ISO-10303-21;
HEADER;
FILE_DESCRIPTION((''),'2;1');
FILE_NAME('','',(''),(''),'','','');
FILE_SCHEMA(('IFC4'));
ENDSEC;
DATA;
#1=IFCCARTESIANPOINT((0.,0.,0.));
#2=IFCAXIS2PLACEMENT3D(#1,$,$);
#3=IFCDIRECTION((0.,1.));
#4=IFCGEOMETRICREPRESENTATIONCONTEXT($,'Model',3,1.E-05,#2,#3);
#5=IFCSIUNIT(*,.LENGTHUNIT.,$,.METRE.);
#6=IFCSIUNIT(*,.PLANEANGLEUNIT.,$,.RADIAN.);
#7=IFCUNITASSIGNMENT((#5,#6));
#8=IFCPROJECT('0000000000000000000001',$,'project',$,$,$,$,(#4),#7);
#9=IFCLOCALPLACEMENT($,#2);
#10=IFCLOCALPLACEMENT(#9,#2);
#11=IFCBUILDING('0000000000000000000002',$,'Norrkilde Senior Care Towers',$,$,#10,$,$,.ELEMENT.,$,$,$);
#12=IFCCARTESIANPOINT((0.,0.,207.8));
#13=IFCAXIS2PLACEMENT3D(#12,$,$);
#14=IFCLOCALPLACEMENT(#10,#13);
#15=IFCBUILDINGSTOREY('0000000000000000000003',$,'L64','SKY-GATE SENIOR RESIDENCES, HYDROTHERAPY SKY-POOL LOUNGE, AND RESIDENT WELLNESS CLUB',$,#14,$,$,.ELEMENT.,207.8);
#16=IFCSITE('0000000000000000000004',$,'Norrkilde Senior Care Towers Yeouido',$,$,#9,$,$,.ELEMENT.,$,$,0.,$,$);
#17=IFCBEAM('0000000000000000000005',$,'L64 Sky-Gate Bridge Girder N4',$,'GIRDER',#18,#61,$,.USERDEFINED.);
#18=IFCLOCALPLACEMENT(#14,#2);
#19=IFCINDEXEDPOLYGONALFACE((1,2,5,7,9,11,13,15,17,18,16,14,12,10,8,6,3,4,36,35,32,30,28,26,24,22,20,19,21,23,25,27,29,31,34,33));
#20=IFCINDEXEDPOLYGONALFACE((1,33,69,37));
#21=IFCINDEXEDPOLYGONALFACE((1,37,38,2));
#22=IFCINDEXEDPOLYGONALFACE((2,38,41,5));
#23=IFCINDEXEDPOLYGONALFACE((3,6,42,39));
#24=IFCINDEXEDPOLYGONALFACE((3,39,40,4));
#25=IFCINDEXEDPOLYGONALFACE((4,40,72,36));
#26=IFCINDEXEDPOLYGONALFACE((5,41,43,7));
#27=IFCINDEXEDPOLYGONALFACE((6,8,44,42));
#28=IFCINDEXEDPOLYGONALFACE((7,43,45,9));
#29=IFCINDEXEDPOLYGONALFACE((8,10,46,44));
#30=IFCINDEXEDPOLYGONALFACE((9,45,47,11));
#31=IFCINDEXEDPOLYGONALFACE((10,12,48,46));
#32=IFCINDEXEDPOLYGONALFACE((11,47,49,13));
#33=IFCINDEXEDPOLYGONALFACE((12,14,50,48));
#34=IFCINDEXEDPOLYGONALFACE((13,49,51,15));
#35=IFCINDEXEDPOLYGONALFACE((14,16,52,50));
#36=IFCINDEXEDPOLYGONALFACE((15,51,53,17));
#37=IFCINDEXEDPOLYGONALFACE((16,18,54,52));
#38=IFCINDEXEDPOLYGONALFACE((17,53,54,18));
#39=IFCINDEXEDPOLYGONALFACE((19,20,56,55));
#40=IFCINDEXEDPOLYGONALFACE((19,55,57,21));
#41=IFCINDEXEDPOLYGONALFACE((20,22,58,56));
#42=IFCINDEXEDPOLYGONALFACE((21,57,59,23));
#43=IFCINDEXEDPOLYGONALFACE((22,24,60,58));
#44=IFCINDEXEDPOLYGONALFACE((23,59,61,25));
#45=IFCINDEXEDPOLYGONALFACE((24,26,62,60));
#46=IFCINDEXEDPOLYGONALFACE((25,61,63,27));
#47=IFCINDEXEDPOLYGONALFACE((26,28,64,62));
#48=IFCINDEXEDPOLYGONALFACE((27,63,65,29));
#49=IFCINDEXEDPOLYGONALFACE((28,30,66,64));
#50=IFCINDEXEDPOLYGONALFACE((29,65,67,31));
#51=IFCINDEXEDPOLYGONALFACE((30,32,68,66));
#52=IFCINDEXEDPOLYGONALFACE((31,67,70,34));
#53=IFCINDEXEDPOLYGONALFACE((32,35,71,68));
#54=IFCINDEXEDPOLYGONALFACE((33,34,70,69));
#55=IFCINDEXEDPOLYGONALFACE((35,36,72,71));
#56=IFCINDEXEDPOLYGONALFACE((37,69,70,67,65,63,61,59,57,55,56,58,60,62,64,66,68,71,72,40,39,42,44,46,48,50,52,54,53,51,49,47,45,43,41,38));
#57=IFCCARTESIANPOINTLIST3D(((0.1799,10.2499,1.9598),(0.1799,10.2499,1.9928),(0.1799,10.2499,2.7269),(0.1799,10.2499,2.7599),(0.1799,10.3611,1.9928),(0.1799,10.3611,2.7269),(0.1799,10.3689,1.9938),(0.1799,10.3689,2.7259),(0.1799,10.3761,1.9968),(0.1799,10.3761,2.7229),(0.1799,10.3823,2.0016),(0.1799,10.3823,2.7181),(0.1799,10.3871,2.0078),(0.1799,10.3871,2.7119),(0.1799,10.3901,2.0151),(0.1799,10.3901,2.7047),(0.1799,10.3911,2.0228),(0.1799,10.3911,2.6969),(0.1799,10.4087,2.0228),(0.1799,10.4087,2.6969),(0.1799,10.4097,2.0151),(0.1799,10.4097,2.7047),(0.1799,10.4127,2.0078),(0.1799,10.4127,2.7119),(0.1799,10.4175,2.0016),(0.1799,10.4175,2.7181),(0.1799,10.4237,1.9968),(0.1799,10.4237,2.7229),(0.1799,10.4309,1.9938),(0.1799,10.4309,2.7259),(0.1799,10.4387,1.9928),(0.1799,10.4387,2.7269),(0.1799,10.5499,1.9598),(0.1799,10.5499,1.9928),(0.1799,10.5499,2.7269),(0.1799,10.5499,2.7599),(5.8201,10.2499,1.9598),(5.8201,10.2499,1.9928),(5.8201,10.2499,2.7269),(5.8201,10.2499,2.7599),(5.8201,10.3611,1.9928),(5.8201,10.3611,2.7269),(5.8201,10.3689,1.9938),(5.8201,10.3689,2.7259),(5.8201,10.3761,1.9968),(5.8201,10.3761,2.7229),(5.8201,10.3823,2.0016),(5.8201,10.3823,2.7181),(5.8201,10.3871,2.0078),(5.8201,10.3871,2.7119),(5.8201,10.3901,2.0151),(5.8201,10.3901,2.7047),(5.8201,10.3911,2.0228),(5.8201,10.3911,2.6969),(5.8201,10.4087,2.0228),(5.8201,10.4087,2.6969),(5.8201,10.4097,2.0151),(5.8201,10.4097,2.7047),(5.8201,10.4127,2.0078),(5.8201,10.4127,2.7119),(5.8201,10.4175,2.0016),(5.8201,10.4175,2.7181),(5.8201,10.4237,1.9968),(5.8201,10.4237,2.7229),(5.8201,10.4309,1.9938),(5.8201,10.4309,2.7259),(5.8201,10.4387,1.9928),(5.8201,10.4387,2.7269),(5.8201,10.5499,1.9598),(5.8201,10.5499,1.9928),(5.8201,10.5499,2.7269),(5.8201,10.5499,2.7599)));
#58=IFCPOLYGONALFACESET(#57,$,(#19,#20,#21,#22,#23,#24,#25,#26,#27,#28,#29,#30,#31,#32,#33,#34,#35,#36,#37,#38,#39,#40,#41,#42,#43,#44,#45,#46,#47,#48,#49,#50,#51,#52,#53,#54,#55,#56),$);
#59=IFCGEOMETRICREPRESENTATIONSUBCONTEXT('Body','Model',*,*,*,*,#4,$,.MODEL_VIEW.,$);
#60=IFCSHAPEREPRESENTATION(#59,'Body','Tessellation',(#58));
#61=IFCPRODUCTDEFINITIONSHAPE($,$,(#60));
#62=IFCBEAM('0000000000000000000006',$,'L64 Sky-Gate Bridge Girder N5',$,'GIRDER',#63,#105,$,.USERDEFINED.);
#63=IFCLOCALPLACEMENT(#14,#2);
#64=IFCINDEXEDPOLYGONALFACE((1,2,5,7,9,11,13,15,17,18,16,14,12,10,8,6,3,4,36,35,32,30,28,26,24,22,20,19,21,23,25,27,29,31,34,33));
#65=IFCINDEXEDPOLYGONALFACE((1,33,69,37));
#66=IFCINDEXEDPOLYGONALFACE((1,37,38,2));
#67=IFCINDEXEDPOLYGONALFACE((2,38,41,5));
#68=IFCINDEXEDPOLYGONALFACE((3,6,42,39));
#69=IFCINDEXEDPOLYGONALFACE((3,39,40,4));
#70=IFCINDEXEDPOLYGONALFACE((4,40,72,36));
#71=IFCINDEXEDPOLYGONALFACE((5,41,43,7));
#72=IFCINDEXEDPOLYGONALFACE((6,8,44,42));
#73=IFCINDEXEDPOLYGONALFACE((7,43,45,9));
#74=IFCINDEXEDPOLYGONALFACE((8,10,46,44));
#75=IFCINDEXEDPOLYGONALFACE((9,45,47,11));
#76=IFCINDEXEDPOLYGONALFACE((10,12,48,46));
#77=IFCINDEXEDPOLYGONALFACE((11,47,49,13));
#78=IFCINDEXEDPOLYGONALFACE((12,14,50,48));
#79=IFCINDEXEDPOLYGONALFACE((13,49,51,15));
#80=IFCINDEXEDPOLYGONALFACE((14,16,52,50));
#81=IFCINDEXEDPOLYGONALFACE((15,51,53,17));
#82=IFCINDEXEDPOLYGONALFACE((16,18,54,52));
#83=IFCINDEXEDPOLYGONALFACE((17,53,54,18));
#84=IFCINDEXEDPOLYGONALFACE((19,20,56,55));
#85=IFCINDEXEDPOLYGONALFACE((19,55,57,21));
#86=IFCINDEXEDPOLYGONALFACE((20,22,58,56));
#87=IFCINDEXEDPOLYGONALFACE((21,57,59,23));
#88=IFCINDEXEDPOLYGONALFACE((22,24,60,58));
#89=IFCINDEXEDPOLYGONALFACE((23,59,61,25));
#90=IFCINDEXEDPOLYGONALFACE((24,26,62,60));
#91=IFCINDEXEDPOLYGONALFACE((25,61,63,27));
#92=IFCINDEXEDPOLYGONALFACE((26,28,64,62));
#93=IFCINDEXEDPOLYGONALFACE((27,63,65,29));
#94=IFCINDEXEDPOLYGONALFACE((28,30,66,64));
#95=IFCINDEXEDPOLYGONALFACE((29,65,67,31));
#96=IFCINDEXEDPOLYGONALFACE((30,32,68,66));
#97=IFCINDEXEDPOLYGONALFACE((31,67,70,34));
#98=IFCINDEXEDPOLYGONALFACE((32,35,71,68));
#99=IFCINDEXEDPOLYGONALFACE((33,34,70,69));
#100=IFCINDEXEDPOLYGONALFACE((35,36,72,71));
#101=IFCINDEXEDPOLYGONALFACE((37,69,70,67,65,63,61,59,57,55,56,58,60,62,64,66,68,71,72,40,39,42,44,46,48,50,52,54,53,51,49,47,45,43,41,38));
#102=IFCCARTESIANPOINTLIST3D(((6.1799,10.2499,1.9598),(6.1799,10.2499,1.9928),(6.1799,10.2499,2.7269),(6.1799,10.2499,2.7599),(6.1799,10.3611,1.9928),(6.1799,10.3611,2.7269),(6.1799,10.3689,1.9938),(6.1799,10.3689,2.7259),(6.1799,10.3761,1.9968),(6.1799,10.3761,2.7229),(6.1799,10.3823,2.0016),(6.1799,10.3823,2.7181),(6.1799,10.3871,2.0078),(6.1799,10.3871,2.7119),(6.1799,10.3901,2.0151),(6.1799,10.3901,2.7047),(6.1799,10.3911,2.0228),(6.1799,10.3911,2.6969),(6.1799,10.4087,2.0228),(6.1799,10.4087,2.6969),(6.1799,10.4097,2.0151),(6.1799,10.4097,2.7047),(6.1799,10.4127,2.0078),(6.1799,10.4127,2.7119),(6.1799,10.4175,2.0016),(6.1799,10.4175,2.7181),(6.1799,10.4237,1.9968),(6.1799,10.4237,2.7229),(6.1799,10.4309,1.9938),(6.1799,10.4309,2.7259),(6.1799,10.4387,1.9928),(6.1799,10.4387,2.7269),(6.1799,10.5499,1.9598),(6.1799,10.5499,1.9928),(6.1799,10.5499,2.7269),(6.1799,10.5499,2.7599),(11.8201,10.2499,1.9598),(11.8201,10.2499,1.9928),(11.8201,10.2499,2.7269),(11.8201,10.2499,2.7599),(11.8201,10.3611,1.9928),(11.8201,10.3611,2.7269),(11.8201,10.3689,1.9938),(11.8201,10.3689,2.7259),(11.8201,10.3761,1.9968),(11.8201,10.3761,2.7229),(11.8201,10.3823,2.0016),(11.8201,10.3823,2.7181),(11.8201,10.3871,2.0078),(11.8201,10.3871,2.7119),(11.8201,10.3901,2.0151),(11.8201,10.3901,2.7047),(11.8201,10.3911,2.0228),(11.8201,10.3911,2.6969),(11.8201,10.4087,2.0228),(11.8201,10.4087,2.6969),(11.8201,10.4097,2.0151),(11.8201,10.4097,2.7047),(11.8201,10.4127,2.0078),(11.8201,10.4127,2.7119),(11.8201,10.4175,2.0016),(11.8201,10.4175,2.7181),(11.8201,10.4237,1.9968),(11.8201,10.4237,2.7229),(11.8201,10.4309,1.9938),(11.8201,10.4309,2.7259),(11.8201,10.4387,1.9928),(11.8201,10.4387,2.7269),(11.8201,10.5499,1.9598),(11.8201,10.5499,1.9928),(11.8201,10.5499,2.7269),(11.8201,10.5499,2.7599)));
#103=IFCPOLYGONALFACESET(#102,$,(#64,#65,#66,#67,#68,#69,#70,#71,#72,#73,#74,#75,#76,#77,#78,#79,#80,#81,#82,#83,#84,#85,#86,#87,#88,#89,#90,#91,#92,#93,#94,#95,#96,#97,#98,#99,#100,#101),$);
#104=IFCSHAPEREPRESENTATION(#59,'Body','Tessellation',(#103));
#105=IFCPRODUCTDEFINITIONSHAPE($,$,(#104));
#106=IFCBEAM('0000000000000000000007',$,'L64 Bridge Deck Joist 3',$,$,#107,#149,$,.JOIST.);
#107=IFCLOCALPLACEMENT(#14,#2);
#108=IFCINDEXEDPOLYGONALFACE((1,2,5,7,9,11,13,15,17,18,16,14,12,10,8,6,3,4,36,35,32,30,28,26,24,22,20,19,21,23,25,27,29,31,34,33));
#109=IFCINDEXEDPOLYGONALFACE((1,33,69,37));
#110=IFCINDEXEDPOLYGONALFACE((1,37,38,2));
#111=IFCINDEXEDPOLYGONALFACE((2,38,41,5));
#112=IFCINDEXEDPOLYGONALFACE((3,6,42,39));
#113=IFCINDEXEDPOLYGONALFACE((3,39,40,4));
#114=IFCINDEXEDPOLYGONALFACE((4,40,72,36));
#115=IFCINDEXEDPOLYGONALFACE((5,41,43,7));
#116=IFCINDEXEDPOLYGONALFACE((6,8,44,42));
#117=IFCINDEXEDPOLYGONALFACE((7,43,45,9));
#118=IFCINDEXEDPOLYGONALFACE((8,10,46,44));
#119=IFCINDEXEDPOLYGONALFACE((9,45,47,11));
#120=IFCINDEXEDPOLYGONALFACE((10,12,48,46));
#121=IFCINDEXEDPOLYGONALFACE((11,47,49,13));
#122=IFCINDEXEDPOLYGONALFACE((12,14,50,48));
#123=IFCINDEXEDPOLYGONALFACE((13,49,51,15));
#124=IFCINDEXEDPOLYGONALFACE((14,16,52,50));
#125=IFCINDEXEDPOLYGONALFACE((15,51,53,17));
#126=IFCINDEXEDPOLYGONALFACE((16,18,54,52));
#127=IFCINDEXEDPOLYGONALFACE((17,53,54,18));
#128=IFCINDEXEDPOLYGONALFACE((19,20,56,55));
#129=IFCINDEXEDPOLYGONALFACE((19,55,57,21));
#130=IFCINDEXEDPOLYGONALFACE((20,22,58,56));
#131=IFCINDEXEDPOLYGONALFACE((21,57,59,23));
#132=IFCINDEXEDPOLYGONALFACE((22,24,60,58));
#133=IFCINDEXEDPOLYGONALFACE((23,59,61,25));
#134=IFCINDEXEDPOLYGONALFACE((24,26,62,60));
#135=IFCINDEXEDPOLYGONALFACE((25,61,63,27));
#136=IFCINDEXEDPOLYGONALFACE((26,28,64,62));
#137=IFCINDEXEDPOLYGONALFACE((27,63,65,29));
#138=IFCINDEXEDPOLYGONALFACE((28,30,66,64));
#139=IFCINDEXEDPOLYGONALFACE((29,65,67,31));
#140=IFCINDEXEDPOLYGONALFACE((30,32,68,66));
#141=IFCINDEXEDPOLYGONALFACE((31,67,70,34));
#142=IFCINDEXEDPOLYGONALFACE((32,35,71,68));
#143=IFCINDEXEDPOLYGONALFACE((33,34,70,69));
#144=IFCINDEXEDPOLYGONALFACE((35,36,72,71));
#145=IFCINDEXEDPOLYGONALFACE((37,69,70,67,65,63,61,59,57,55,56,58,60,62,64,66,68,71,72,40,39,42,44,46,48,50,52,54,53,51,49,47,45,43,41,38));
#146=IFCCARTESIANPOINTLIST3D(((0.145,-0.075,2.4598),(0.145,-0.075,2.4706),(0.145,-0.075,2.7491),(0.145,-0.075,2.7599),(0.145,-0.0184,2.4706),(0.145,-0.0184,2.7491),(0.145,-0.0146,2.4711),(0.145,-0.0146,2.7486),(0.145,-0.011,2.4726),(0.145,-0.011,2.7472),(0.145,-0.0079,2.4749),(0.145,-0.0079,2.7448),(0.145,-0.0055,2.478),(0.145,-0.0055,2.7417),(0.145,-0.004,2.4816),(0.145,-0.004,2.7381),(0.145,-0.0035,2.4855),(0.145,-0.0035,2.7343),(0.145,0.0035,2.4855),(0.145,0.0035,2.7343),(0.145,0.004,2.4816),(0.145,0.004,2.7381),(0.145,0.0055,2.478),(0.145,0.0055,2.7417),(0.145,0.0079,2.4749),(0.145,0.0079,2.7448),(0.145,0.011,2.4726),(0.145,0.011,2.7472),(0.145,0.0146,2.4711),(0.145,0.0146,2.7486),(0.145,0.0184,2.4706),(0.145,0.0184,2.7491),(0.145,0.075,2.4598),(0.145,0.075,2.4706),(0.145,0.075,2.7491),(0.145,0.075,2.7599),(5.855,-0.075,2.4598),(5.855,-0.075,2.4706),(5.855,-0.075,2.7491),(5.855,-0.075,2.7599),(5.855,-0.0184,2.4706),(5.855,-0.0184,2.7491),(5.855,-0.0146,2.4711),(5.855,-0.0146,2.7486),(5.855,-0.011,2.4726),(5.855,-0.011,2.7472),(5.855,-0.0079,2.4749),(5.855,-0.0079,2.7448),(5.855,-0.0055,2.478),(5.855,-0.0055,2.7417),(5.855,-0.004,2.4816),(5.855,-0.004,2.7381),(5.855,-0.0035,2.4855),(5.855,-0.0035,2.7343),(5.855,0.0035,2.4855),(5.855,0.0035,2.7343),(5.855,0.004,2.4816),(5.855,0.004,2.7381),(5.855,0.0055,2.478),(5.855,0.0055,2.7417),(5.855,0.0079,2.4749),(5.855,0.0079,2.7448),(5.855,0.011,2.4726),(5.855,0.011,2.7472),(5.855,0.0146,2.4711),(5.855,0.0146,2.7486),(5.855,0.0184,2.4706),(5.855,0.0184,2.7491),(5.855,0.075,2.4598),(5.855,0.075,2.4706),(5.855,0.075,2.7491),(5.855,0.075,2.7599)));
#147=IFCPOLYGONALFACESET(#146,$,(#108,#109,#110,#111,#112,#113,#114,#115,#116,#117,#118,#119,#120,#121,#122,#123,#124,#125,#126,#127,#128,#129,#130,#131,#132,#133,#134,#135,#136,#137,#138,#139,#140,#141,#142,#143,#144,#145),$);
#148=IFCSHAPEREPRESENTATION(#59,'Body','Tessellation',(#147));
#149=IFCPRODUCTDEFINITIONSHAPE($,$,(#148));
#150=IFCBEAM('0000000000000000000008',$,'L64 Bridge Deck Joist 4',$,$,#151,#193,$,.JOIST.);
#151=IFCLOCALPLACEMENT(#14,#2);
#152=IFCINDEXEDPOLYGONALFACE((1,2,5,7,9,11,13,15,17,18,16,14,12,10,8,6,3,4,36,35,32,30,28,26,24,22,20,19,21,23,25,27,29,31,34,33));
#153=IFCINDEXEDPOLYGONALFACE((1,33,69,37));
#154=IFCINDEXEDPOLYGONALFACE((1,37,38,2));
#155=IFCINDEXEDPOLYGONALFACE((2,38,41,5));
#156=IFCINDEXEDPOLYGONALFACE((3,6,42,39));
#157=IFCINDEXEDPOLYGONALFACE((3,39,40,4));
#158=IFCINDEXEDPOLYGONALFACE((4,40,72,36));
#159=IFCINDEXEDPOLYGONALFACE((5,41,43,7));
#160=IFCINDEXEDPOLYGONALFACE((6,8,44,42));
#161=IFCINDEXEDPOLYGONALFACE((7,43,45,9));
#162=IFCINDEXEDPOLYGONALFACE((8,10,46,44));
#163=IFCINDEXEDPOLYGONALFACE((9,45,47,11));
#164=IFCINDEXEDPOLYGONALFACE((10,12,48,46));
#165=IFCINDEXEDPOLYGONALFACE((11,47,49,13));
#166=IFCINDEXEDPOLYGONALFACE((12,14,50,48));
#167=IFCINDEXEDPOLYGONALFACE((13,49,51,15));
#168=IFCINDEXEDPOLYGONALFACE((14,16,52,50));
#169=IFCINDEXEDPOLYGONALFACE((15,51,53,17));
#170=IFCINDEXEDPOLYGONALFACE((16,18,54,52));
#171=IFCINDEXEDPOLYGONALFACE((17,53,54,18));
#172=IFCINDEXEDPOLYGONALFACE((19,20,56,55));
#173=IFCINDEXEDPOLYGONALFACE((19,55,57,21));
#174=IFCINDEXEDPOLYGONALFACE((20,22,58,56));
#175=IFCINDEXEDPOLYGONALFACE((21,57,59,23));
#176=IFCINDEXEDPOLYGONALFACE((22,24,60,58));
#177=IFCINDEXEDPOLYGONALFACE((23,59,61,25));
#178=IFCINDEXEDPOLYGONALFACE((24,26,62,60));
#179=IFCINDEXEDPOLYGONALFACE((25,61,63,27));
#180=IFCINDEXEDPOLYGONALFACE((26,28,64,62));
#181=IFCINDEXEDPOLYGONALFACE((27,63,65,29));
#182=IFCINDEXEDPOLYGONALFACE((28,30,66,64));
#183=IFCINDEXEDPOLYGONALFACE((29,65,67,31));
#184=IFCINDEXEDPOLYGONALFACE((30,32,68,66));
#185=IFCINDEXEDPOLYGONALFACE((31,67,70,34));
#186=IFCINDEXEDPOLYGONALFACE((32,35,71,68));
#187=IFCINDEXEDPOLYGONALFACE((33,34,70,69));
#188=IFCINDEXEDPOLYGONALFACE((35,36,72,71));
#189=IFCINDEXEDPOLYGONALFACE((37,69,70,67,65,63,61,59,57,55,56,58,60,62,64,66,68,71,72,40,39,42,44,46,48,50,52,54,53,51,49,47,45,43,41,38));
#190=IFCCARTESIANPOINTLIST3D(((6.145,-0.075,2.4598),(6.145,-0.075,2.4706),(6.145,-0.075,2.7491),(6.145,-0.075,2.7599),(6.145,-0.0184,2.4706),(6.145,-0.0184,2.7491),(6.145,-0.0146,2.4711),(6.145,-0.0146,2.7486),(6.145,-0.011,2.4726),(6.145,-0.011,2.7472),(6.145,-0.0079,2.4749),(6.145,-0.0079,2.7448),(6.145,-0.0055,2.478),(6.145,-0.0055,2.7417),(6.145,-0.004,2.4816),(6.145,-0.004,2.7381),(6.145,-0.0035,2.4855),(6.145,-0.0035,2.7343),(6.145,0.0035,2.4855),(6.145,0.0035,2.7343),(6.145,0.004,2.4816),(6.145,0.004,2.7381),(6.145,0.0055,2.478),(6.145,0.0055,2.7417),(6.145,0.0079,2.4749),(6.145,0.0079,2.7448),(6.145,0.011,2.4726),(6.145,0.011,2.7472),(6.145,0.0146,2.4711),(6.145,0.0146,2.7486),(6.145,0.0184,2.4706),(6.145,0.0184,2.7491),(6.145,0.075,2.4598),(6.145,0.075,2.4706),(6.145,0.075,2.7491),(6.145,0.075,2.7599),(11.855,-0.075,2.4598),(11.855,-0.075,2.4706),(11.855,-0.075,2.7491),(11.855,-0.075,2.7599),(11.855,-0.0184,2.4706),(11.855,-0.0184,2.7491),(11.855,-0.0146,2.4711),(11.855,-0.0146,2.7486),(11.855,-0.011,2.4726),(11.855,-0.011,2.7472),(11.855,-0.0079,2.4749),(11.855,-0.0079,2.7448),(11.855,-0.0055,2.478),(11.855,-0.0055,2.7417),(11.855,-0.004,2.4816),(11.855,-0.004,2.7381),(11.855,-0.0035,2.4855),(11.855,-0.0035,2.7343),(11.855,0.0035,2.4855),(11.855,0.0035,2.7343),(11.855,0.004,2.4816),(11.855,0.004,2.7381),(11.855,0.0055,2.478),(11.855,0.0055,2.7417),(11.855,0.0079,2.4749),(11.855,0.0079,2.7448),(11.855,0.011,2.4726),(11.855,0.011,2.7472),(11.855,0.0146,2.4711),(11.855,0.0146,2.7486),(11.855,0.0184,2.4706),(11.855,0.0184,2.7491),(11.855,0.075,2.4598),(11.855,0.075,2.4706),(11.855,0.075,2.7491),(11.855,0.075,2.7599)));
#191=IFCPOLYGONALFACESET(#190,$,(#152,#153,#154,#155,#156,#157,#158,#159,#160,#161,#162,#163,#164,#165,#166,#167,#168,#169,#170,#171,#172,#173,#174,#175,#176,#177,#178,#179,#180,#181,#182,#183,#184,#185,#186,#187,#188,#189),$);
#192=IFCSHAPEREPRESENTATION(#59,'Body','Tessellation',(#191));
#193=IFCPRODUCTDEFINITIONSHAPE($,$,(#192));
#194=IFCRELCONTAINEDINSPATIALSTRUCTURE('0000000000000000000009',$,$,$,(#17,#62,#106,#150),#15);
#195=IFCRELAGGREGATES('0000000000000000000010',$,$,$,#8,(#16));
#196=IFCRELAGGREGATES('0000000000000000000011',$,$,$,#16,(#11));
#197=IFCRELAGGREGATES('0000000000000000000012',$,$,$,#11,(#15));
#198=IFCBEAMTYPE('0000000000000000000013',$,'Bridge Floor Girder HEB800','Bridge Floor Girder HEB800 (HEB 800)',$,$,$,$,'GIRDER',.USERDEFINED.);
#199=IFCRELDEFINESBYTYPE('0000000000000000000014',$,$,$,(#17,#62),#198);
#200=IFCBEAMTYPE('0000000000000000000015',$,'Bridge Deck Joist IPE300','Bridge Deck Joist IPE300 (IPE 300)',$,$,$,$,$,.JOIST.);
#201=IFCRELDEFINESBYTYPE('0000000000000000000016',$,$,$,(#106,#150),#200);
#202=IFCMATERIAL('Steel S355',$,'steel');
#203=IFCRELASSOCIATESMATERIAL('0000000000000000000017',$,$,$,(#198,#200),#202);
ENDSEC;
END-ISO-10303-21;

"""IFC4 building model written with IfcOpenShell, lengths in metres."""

from ifc_helpers import new_model, si_unit, direction, frame, origin, origin_2d, place, context, subcontext, project, spatial, i_section, extrude, source, transform, mapped, material, material_profile, profile_set, type_object, type_shapes, element, save


model = new_model("IFC4")

# Units and contexts
model_context = context("Model", 3, precision=1e-05, world=origin(), true_north=direction((0.0, 1.0)))
body_context = subcontext(model_context, "Body", "Model", "MODEL_VIEW")
ifc_project = project(units=[si_unit("LENGTHUNIT", "METRE"), si_unit("PLANEANGLEUNIT", "RADIAN")], contexts=[model_context])

# Site, building, storey
site_placement = place(None, origin())
site = spatial("IfcSite", under=ifc_project, at=site_placement, Name="Norrkilde Senior Care Towers Yeouido", CompositionType="ELEMENT", RefElevation=0.0)
building_placement = place(site_placement, origin())
building = spatial("IfcBuilding", under=site, at=building_placement, Name="Norrkilde Senior Care Towers", CompositionType="ELEMENT")
storey_placement = place(building_placement, frame((0.0, 0.0, 207.8)))
storey = spatial("IfcBuildingStorey", under=building, at=storey_placement, Name="L64", Description="SKY-GATE SENIOR RESIDENCES, HYDROTHERAPY SKY-POOL LOUNGE, AND RESIDENT WELLNESS CLUB", CompositionType="ELEMENT", Elevation=207.8)

# Shared definitions
ifc_material_1 = material(Name="Steel S355", Category="steel")

# Beams
ifc_material_profile_1 = material_profile(ifc_material_1, i_section(OverallWidth=0.3, OverallDepth=0.8, WebThickness=0.0176, FlangeThickness=0.033, FilletRadius=0.03, at=origin_2d()), Name="HEB 800")
ifc_profile_set_1 = profile_set([ifc_material_profile_1], Name="Steel S355")
beam_type_1 = type_object("IfcBeamType", Name="Bridge Floor Girder HEB800", Description="Bridge Floor Girder HEB800 (HEB 800)", ElementType="GIRDER", PredefinedType="USERDEFINED", material=ifc_profile_set_1)
shared_shape_1 = source(origin(), body_context, "Body", "SweptSolid", [
    extrude(i_section(OverallWidth=0.3, OverallDepth=0.8, WebThickness=0.0176, FlangeThickness=0.033, FilletRadius=0.03, at=origin_2d()), origin(), (0.0, 0.0, 1.0), 5.6401),
])
type_shapes(beam_type_1, [shared_shape_1])
for number, where, z_axis, x_axis, name in (
    (1, (0.1799, 10.3999, 2.3599), (1.0, 0.0, 0.0), (0.0, 1.0, 0.0), "L64 Sky-Gate Bridge Girder N4"),
    (2, (6.1799, 10.3999, 2.3599), (1.0, 0.0, 0.0), (0.0, 1.0, 0.0), "L64 Sky-Gate Bridge Girder N5"),
):
    element("IfcBeam", number, at=place(storey_placement, frame(where, z_axis=z_axis, x_axis=x_axis)), inside=storey, type_object=beam_type_1, Name=name, ObjectType="GIRDER", PredefinedType="USERDEFINED", context=body_context, shape_type="MappedRepresentation", body=[
        mapped(shared_shape_1, transform((0.0, 0.0, 0.0), x_axis=(1.0, 0.0, 0.0), y_axis=(0.0, 1.0, 0.0), z_axis=(0.0, 0.0, 1.0), scale=1.0)),
    ])
ifc_material_profile_2 = material_profile(ifc_material_1, i_section(OverallWidth=0.1499, OverallDepth=0.3, WebThickness=0.0071, FlangeThickness=0.0107, FilletRadius=0.0149, at=origin_2d()), Name="IPE 300")
ifc_profile_set_2 = profile_set([ifc_material_profile_2], Name="Steel S355")
beam_type_2 = type_object("IfcBeamType", Name="Bridge Deck Joist IPE300", Description="Bridge Deck Joist IPE300 (IPE 300)", PredefinedType="JOIST", material=ifc_profile_set_2)
shared_shape_2 = source(origin(), body_context, "Body", "SweptSolid", [
    extrude(i_section(OverallWidth=0.1499, OverallDepth=0.3, WebThickness=0.0071, FlangeThickness=0.0107, FilletRadius=0.0149, at=origin_2d()), origin(), (0.0, 0.0, 1.0), 5.71),
])
type_shapes(beam_type_2, [shared_shape_2])
for number, where, z_axis, x_axis, name in (
    (3, (0.145, 0.0, 2.6099), (1.0, 0.0, 0.0), (0.0, 1.0, 0.0), "L64 Bridge Deck Joist 3"),
    (4, (6.145, 0.0, 2.6099), (1.0, 0.0, 0.0), (0.0, 1.0, 0.0), "L64 Bridge Deck Joist 4"),
):
    element("IfcBeam", number, at=place(storey_placement, frame(where, z_axis=z_axis, x_axis=x_axis)), inside=storey, type_object=beam_type_2, Name=name, PredefinedType="JOIST", context=body_context, shape_type="MappedRepresentation", body=[
        mapped(shared_shape_2, transform((0.0, 0.0, 0.0), x_axis=(1.0, 0.0, 0.0), y_axis=(0.0, 1.0, 0.0), z_axis=(0.0, 0.0, 1.0), scale=1.0)),
    ])

save(model, "model.ifc")
